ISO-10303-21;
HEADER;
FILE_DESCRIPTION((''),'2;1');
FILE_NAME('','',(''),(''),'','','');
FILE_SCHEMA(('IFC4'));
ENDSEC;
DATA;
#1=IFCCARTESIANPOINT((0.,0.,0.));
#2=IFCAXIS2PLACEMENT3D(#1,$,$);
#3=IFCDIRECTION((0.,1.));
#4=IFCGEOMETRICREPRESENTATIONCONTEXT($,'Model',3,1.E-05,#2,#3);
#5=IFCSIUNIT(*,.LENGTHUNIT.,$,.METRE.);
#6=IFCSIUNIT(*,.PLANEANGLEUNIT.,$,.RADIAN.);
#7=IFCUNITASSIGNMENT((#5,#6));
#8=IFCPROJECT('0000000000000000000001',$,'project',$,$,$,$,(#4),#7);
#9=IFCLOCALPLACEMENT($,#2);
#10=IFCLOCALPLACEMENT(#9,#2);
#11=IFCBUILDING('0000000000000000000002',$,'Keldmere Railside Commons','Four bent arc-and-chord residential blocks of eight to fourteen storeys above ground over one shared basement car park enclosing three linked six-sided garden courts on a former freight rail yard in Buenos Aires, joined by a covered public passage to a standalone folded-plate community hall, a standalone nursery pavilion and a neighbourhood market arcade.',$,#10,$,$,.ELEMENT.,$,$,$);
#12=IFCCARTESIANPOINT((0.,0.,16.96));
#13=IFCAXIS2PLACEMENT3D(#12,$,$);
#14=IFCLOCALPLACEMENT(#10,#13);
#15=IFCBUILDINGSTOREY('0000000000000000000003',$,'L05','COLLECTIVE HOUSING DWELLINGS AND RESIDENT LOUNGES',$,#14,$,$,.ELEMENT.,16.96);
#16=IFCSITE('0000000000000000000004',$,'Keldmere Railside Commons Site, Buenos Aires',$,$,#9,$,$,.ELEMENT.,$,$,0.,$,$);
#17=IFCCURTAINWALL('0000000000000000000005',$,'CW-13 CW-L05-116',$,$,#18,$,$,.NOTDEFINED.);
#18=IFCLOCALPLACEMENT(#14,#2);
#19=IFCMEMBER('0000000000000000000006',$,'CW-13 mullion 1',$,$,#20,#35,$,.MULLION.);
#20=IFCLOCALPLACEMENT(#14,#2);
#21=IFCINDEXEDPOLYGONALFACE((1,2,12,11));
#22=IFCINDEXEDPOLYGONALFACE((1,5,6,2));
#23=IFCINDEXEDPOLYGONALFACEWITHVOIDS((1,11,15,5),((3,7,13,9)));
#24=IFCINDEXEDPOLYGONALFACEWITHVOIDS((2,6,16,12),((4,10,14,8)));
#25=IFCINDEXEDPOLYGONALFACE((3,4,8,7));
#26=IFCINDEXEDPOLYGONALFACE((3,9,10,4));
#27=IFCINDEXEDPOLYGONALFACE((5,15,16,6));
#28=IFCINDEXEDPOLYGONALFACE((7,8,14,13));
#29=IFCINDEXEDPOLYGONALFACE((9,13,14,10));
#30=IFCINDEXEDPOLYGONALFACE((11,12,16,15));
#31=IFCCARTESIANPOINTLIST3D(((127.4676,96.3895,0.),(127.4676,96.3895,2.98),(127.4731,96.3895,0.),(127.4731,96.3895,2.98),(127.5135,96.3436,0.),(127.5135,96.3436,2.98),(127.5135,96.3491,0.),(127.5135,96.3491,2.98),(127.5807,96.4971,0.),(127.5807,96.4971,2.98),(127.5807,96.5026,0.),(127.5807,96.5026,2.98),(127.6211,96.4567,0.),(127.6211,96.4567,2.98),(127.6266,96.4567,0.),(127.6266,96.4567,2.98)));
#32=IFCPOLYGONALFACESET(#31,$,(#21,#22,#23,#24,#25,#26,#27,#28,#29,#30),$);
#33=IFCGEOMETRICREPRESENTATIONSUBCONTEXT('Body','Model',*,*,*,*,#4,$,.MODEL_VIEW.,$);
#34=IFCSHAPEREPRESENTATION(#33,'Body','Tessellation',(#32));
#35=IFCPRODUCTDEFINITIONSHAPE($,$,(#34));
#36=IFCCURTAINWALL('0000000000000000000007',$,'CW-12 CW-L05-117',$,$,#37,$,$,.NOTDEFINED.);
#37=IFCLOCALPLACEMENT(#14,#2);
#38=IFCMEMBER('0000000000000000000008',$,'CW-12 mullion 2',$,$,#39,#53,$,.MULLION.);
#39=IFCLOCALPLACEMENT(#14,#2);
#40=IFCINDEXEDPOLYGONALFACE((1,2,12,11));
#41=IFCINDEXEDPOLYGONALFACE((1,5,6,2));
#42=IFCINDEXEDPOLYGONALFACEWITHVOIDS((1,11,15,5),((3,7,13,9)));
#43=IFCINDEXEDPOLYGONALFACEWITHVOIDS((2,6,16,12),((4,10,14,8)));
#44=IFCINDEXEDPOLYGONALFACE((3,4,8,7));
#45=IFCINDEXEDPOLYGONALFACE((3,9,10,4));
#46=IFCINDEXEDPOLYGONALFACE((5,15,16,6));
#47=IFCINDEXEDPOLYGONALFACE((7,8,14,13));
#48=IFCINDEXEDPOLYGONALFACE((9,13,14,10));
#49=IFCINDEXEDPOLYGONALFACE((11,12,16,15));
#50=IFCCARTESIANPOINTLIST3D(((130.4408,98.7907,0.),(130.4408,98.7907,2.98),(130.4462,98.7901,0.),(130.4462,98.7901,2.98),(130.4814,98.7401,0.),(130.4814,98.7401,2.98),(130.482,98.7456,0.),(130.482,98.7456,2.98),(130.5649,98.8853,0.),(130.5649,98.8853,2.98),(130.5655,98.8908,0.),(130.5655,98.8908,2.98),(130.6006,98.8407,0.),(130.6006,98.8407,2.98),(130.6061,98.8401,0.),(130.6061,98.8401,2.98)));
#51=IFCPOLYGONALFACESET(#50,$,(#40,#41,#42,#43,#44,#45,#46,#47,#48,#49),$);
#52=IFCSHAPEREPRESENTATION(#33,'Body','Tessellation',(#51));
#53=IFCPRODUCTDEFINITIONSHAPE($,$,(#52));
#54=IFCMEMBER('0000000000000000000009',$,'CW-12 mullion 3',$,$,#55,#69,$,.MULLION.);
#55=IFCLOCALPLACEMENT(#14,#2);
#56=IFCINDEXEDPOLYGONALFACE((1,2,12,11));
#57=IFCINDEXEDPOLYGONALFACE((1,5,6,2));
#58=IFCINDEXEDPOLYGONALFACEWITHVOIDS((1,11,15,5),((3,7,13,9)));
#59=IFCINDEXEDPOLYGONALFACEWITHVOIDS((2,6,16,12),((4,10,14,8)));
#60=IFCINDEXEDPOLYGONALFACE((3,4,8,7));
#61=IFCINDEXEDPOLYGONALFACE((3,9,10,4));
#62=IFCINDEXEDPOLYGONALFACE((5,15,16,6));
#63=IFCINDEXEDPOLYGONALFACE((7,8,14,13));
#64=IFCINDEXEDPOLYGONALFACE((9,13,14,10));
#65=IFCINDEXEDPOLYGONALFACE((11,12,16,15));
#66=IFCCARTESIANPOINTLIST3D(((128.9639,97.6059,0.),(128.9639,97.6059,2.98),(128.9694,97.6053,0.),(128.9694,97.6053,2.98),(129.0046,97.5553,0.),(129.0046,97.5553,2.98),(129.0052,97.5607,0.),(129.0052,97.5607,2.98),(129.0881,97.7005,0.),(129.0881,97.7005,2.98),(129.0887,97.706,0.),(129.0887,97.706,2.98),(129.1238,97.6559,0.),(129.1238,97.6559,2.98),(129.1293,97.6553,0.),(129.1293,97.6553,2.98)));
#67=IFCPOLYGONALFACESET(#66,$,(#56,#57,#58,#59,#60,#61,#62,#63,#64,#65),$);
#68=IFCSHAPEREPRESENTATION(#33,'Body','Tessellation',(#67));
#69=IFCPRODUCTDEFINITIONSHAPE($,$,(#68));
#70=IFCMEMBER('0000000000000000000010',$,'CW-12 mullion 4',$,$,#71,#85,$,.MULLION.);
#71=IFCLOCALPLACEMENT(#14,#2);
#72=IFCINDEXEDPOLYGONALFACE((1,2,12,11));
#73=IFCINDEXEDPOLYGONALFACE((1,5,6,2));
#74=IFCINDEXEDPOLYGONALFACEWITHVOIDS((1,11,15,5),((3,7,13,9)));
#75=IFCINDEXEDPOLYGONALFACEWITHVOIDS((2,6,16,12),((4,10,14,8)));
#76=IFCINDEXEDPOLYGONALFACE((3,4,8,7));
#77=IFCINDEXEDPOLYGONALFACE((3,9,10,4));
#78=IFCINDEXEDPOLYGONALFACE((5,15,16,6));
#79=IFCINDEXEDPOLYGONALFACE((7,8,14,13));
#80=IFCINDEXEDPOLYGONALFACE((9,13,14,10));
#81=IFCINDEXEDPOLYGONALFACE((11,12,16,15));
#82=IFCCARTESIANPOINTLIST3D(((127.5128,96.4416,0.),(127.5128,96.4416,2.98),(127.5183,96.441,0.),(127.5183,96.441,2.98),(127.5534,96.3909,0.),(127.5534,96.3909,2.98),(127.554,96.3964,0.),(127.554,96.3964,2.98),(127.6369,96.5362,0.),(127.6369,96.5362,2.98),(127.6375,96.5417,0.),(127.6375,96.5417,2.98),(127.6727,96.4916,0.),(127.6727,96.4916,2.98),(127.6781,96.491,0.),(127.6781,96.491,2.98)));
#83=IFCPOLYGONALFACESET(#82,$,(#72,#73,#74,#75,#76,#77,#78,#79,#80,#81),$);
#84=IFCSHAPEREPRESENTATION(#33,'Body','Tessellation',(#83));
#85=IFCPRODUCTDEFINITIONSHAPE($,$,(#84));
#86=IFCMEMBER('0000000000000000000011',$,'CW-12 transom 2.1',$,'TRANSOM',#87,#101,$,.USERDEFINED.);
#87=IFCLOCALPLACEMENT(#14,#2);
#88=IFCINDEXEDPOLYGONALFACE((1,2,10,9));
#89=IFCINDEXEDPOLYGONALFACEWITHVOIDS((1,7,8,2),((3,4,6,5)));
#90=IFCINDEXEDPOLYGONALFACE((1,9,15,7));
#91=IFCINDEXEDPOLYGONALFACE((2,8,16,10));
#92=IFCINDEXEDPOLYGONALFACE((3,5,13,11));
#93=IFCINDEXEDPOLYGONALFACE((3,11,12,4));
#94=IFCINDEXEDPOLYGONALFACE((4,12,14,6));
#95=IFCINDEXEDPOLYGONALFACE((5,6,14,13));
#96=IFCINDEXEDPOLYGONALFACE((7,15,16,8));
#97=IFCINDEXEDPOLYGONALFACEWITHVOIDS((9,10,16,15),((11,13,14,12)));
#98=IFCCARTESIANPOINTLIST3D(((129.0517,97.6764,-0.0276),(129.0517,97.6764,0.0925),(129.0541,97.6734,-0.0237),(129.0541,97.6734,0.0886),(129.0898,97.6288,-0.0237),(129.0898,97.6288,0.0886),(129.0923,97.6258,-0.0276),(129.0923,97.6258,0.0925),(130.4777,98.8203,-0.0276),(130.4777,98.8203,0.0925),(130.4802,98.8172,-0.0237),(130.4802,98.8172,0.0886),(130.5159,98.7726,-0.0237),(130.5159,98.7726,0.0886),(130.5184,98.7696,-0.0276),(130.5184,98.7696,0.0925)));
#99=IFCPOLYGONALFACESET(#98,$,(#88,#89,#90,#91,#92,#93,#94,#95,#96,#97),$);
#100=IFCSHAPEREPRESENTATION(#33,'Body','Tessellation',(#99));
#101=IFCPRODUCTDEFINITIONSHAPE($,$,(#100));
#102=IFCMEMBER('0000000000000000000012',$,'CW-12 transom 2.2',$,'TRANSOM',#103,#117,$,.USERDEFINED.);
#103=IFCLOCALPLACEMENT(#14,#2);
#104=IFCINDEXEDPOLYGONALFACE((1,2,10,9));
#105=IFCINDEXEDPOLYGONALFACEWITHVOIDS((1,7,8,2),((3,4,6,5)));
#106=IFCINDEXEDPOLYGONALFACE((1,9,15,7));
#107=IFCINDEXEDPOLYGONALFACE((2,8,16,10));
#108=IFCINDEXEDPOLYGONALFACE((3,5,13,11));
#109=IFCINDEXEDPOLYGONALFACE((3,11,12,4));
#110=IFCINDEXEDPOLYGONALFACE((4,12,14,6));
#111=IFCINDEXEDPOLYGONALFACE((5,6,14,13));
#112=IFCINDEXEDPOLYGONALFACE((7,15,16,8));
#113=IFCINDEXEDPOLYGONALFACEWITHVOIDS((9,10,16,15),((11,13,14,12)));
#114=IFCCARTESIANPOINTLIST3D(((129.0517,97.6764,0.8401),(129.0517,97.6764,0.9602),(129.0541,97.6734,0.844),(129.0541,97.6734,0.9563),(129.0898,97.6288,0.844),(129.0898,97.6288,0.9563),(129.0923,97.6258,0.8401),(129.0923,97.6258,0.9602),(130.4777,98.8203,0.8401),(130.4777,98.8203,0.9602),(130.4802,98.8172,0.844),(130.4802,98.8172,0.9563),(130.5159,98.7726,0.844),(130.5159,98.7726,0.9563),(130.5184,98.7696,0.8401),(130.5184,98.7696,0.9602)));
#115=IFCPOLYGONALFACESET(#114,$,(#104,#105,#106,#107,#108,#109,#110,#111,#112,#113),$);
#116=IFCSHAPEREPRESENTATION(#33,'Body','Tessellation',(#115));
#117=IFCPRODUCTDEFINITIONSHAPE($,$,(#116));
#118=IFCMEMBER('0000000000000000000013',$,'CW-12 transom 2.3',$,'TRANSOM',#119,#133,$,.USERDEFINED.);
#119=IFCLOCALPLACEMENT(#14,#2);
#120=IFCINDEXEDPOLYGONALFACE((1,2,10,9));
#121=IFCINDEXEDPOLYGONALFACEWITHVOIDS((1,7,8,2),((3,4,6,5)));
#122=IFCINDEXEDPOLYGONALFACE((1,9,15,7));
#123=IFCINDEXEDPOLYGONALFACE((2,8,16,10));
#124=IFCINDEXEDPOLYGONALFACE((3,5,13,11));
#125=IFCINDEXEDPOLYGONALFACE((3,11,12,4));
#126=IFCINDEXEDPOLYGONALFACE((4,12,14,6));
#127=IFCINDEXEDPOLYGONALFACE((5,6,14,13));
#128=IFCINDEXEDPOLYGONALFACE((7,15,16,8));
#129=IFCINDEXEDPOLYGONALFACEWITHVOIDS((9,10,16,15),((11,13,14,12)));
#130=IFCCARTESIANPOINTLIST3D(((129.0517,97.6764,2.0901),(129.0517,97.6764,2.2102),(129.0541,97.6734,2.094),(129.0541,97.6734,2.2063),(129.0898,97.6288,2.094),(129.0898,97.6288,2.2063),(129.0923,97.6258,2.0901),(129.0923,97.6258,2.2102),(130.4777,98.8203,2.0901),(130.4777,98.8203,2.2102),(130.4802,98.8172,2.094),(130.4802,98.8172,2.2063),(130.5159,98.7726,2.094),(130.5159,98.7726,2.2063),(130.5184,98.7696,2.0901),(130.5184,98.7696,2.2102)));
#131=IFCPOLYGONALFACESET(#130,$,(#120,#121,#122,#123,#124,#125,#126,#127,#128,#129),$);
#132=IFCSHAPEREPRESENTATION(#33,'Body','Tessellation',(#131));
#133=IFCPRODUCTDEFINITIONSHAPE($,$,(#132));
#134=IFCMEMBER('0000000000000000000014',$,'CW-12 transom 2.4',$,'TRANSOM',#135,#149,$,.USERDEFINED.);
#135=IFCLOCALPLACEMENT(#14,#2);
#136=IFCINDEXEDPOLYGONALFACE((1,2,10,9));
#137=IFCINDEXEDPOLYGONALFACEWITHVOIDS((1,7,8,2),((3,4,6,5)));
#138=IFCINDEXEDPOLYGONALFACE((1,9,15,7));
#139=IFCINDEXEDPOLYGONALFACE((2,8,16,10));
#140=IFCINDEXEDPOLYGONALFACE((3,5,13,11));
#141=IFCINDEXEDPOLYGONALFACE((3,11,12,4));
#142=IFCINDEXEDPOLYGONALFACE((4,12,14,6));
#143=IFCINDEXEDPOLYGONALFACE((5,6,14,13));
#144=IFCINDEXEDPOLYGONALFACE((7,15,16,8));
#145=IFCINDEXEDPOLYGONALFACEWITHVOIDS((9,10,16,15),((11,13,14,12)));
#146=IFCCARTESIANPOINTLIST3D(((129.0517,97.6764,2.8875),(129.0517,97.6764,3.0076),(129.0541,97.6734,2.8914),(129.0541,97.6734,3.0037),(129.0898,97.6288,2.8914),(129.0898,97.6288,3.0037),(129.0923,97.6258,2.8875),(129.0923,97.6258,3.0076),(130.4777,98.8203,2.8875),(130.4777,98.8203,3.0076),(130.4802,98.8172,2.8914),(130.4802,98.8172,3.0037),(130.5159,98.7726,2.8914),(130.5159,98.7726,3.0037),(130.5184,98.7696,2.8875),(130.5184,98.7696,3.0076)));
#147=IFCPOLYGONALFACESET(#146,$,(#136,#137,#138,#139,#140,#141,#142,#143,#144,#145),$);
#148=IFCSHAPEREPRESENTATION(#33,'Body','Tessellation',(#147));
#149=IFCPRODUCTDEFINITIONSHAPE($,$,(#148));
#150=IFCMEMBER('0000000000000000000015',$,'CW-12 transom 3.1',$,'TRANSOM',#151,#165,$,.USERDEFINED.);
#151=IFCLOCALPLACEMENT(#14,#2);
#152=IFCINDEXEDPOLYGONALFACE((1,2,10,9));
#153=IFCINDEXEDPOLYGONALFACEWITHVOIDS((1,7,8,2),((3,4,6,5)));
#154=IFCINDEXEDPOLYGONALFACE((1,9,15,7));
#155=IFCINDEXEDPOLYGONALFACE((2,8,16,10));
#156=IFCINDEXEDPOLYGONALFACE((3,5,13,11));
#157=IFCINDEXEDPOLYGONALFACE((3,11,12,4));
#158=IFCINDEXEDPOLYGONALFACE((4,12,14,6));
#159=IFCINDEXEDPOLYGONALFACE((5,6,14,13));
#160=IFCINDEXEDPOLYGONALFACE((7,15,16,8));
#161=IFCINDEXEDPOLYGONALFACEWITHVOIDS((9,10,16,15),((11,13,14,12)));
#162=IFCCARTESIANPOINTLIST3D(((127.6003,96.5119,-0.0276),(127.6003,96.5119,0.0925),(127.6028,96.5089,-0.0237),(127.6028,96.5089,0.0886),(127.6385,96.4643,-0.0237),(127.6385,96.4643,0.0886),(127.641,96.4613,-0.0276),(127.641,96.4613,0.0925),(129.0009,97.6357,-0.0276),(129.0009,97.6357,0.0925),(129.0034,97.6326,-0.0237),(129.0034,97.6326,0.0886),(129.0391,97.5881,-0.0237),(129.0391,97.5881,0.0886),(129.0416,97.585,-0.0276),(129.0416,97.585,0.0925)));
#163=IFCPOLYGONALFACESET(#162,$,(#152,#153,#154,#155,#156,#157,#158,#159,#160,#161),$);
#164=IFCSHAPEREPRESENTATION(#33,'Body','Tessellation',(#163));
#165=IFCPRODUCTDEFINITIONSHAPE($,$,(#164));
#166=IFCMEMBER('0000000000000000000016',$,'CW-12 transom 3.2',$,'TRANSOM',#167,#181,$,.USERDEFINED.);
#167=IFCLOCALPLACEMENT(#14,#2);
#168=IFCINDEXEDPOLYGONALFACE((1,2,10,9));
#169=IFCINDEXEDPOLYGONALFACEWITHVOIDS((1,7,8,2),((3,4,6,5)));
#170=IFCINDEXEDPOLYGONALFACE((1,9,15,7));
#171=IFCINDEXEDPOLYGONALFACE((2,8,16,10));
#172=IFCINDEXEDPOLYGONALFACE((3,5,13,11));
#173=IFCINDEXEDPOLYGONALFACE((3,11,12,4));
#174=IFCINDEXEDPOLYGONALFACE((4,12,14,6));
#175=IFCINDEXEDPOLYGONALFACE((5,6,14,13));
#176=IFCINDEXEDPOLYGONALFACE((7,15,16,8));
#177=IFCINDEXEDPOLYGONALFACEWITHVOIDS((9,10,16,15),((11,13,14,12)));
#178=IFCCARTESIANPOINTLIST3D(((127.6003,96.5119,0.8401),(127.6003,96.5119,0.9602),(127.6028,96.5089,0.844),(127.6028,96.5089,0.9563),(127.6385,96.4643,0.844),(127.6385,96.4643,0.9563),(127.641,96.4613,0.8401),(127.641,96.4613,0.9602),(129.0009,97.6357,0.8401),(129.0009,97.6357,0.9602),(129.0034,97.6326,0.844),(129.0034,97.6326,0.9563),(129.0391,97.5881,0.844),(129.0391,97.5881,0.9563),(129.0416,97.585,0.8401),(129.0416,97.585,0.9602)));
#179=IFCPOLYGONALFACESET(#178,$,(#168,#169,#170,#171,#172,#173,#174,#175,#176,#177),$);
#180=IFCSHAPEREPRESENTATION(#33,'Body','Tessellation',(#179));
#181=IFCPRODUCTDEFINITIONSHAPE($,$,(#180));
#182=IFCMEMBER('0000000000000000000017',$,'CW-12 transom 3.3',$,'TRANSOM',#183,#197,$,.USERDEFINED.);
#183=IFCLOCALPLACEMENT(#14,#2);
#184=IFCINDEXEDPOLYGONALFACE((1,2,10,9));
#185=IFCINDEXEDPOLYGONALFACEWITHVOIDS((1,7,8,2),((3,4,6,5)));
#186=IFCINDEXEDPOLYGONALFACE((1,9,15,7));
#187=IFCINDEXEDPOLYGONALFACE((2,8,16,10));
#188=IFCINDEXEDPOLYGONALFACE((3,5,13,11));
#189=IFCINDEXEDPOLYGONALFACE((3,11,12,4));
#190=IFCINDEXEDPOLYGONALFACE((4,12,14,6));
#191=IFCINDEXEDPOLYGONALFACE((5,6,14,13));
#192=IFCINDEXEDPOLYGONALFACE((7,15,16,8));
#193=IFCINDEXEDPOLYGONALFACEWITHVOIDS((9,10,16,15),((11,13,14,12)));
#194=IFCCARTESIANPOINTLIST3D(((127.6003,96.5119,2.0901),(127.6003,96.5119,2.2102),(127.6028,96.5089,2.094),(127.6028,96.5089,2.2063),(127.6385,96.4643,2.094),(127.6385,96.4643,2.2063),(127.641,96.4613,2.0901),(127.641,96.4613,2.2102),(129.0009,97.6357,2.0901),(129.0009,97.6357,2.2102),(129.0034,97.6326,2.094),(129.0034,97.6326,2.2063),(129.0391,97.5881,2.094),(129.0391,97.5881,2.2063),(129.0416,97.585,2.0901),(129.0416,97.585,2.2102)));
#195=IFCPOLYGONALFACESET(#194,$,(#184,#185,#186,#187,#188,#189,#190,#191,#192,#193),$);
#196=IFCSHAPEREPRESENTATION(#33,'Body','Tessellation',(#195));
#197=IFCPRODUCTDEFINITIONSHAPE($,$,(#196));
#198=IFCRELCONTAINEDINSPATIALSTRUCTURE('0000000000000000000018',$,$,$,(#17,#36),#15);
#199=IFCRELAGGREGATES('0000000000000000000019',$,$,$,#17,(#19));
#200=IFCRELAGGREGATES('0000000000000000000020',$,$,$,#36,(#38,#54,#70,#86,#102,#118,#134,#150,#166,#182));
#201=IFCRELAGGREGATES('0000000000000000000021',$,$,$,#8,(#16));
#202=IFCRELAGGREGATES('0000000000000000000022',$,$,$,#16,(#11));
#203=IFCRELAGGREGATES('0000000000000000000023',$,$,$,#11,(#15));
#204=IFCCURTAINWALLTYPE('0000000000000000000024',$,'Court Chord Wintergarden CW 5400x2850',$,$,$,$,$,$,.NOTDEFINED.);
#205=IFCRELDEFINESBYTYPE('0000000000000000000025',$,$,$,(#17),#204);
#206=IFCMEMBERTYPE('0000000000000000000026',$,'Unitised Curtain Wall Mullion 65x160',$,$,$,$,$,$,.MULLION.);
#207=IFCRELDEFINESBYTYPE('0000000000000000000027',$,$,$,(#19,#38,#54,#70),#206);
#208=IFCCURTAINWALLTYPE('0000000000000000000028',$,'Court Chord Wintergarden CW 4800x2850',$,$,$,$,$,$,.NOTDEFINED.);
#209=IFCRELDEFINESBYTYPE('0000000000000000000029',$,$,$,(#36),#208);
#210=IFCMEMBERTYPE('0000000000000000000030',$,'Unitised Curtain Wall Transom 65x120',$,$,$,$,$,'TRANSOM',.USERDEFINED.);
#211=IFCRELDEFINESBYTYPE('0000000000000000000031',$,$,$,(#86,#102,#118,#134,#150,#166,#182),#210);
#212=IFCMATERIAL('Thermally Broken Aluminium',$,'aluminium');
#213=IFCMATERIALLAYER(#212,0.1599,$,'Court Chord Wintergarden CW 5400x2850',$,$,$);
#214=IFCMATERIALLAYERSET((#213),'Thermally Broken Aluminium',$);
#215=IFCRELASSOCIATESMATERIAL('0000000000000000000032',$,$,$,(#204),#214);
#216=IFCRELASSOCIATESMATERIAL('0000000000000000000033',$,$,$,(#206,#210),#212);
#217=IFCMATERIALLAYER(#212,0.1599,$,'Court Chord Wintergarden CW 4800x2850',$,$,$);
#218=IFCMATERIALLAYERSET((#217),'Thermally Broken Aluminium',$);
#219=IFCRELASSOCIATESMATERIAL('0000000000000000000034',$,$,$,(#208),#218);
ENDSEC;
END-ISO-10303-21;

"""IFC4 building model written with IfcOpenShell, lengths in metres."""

from ifc_helpers import new_model, si_unit, direction, frame, origin, origin_2d, place, context, subcontext, project, spatial, hollow_rectangle, extrude, material, layer, layer_set, material_profile, profile_set, type_object, element, aggregate, save


model = new_model("IFC4")

# Units and contexts
model_context = context("Model", 3, precision=1e-05, world=origin(), true_north=direction((0.0, 1.0)))
body_context = subcontext(model_context, "Body", "Model", "MODEL_VIEW")
ifc_project = project(units=[si_unit("LENGTHUNIT", "METRE"), si_unit("PLANEANGLEUNIT", "RADIAN")], contexts=[model_context])

# Site, building, storey
site_placement = place(None, origin())
site = spatial("IfcSite", under=ifc_project, at=site_placement, Name="Keldmere Railside Commons Site, Buenos Aires", CompositionType="ELEMENT", RefElevation=0.0)
building_placement = place(site_placement, origin())
building = spatial("IfcBuilding", under=site, at=building_placement, Name="Keldmere Railside Commons", Description="Four bent arc-and-chord residential blocks of eight to fourteen storeys above ground over one shared basement car park enclosing three linked six-sided garden courts on a former freight rail yard in Buenos Aires, joined by a covered public passage to a standalone folded-plate community hall, a standalone nursery pavilion and a neighbourhood market arcade.", CompositionType="ELEMENT")
storey_placement = place(building_placement, frame((0.0, 0.0, 16.96)))
storey = spatial("IfcBuildingStorey", under=building, at=storey_placement, Name="L05", Description="COLLECTIVE HOUSING DWELLINGS AND RESIDENT LOUNGES", CompositionType="ELEMENT", Elevation=16.96)

# Curtain wall, member
ifc_material_1 = material(Name="Thermally Broken Aluminium", Category="aluminium")
ifc_layer_1 = layer(ifc_material_1, 0.1599, Name="Court Chord Wintergarden CW 5400x2850")
ifc_layer_set_1 = layer_set([ifc_layer_1], Name="Thermally Broken Aluminium")
curtain_wall_type_1 = type_object("IfcCurtainWallType", Name="Court Chord Wintergarden CW 5400x2850", PredefinedType="NOTDEFINED", material=ifc_layer_set_1)
curtain_wall_1_placement = place(storey_placement, origin())
curtain_wall_1 = element("IfcCurtainWall", 1, at=curtain_wall_1_placement, inside=storey, type_object=curtain_wall_type_1, Name="CW-13 CW-L05-116", PredefinedType="NOTDEFINED")
ifc_material_profile_1 = material_profile(ifc_material_1, hollow_rectangle(XDim=0.0649, YDim=0.1599, WallThickness=0.0039, at=origin_2d()), Name="ALU-MULL-65x160")
ifc_profile_set_1 = profile_set([ifc_material_profile_1], Name="Thermally Broken Aluminium")
member_type_1 = type_object("IfcMemberType", Name="Unitised Curtain Wall Mullion 65x160", PredefinedType="MULLION", material=ifc_profile_set_1)
member_1_placement = place(storey_placement, frame((127.5471, 96.4231, 0.0), z_axis=(0.0, 0.0, 1.0), x_axis=(0.707107, -0.707107, 0.0)))
member_1 = element("IfcMember", 2, at=member_1_placement, type_object=member_type_1, Name="CW-13 mullion 1", PredefinedType="MULLION", context=body_context, shape_type="SweptSolid", body=[
    extrude(hollow_rectangle(XDim=0.0649, YDim=0.1599, WallThickness=0.0039, at=origin_2d()), origin(), (0.0, 0.0, 1.0), 2.98),
])
aggregate(curtain_wall_1, [member_1])

# Curtain wall, members
ifc_layer_2 = layer(ifc_material_1, 0.1599, Name="Court Chord Wintergarden CW 4800x2850")
ifc_layer_set_2 = layer_set([ifc_layer_2], Name="Thermally Broken Aluminium")
curtain_wall_type_2 = type_object("IfcCurtainWallType", Name="Court Chord Wintergarden CW 4800x2850", PredefinedType="NOTDEFINED", material=ifc_layer_set_2)
curtain_wall_2_placement = place(storey_placement, origin())
curtain_wall_2 = element("IfcCurtainWall", 3, at=curtain_wall_2_placement, inside=storey, type_object=curtain_wall_type_2, Name="CW-12 CW-L05-117", PredefinedType="NOTDEFINED")
member_2_placement = place(storey_placement, frame((130.5234, 98.8154, 0.0), z_axis=(0.0, 0.0, 1.0), x_axis=(0.625768, -0.780009, 0.0)))
member_2 = element("IfcMember", 4, at=member_2_placement, type_object=member_type_1, Name="CW-12 mullion 2", PredefinedType="MULLION", context=body_context, shape_type="SweptSolid", body=[
    extrude(hollow_rectangle(XDim=0.0649, YDim=0.1599, WallThickness=0.0039, at=origin_2d()), origin(), (0.0, 0.0, 1.0), 2.98),
])
member_3_placement = place(storey_placement, frame((129.0466, 97.6306, 0.0), z_axis=(0.0, 0.0, 1.0), x_axis=(0.625768, -0.780009, 0.0)))
member_3 = element("IfcMember", 5, at=member_3_placement, type_object=member_type_1, Name="CW-12 mullion 3", PredefinedType="MULLION", context=body_context, shape_type="SweptSolid", body=[
    extrude(hollow_rectangle(XDim=0.0649, YDim=0.1599, WallThickness=0.0039, at=origin_2d()), origin(), (0.0, 0.0, 1.0), 2.98),
])
member_4_placement = place(storey_placement, frame((127.5955, 96.4663, 0.0), z_axis=(0.0, 0.0, 1.0), x_axis=(0.625768, -0.780009, 0.0)))
member_4 = element("IfcMember", 6, at=member_4_placement, type_object=member_type_1, Name="CW-12 mullion 4", PredefinedType="MULLION", context=body_context, shape_type="SweptSolid", body=[
    extrude(hollow_rectangle(XDim=0.0649, YDim=0.1599, WallThickness=0.0039, at=origin_2d()), origin(), (0.0, 0.0, 1.0), 2.98),
])
ifc_material_profile_2 = material_profile(ifc_material_1, hollow_rectangle(XDim=0.0649, YDim=0.1201, WallThickness=0.0039, at=origin_2d()), Name="ALU-TRAN-65x120")
ifc_profile_set_2 = profile_set([ifc_material_profile_2], Name="Thermally Broken Aluminium")
member_type_2 = type_object("IfcMemberType", Name="Unitised Curtain Wall Transom 65x120", ElementType="TRANSOM", PredefinedType="USERDEFINED", material=ifc_profile_set_2)
member_5_placement = place(storey_placement, frame((130.498, 98.7949, 0.0325), z_axis=(-0.780073, -0.625688, 0.0), x_axis=(0.625688, -0.780073, 0.0)))
member_5 = element("IfcMember", 7, at=member_5_placement, type_object=member_type_2, Name="CW-12 transom 2.1", ObjectType="TRANSOM", PredefinedType="USERDEFINED", context=body_context, shape_type="SweptSolid", body=[
    extrude(hollow_rectangle(XDim=0.0649, YDim=0.1201, WallThickness=0.0039, at=origin_2d()), origin(), (0.0, 0.0, 1.0), 1.8281),
])
member_6_placement = place(storey_placement, frame((130.498, 98.7949, 0.9001), z_axis=(-0.780073, -0.625688, 0.0), x_axis=(0.625688, -0.780073, 0.0)))
member_6 = element("IfcMember", 8, at=member_6_placement, type_object=member_type_2, Name="CW-12 transom 2.2", ObjectType="TRANSOM", PredefinedType="USERDEFINED", context=body_context, shape_type="SweptSolid", body=[
    extrude(hollow_rectangle(XDim=0.0649, YDim=0.1201, WallThickness=0.0039, at=origin_2d()), origin(), (0.0, 0.0, 1.0), 1.8281),
])
member_7_placement = place(storey_placement, frame((130.498, 98.7949, 2.1501), z_axis=(-0.780073, -0.625688, 0.0), x_axis=(0.625688, -0.780073, 0.0)))
member_7 = element("IfcMember", 9, at=member_7_placement, type_object=member_type_2, Name="CW-12 transom 2.3", ObjectType="TRANSOM", PredefinedType="USERDEFINED", context=body_context, shape_type="SweptSolid", body=[
    extrude(hollow_rectangle(XDim=0.0649, YDim=0.1201, WallThickness=0.0039, at=origin_2d()), origin(), (0.0, 0.0, 1.0), 1.8281),
])
member_8_placement = place(storey_placement, frame((130.498, 98.7949, 2.9475), z_axis=(-0.780073, -0.625688, 0.0), x_axis=(0.625688, -0.780073, 0.0)))
member_8 = element("IfcMember", 10, at=member_8_placement, type_object=member_type_2, Name="CW-12 transom 2.4", ObjectType="TRANSOM", PredefinedType="USERDEFINED", context=body_context, shape_type="SweptSolid", body=[
    extrude(hollow_rectangle(XDim=0.0649, YDim=0.1201, WallThickness=0.0039, at=origin_2d()), origin(), (0.0, 0.0, 1.0), 1.8281),
])
member_9_placement = place(storey_placement, frame((129.0212, 97.6104, 0.0325), z_axis=(-0.779979, -0.625805, 0.0), x_axis=(0.625805, -0.779979, 0.0)))
member_9 = element("IfcMember", 11, at=member_9_placement, type_object=member_type_2, Name="CW-12 transom 3.1", ObjectType="TRANSOM", PredefinedType="USERDEFINED", context=body_context, shape_type="SweptSolid", body=[
    extrude(hollow_rectangle(XDim=0.0649, YDim=0.1201, WallThickness=0.0039, at=origin_2d()), origin(), (0.0, 0.0, 1.0), 1.7957),
])
member_10_placement = place(storey_placement, frame((129.0212, 97.6104, 0.9001), z_axis=(-0.779979, -0.625805, 0.0), x_axis=(0.625805, -0.779979, 0.0)))
member_10 = element("IfcMember", 12, at=member_10_placement, type_object=member_type_2, Name="CW-12 transom 3.2", ObjectType="TRANSOM", PredefinedType="USERDEFINED", context=body_context, shape_type="SweptSolid", body=[
    extrude(hollow_rectangle(XDim=0.0649, YDim=0.1201, WallThickness=0.0039, at=origin_2d()), origin(), (0.0, 0.0, 1.0), 1.7957),
])
member_11_placement = place(storey_placement, frame((129.0212, 97.6104, 2.1501), z_axis=(-0.779979, -0.625805, 0.0), x_axis=(0.625805, -0.779979, 0.0)))
member_11 = element("IfcMember", 13, at=member_11_placement, type_object=member_type_2, Name="CW-12 transom 3.3", ObjectType="TRANSOM", PredefinedType="USERDEFINED", context=body_context, shape_type="SweptSolid", body=[
    extrude(hollow_rectangle(XDim=0.0649, YDim=0.1201, WallThickness=0.0039, at=origin_2d()), origin(), (0.0, 0.0, 1.0), 1.7957),
])
aggregate(curtain_wall_2, [member_2, member_3, member_4, member_5, member_6, member_7, member_8, member_9, member_10, member_11])

save(model, "model.ifc")
